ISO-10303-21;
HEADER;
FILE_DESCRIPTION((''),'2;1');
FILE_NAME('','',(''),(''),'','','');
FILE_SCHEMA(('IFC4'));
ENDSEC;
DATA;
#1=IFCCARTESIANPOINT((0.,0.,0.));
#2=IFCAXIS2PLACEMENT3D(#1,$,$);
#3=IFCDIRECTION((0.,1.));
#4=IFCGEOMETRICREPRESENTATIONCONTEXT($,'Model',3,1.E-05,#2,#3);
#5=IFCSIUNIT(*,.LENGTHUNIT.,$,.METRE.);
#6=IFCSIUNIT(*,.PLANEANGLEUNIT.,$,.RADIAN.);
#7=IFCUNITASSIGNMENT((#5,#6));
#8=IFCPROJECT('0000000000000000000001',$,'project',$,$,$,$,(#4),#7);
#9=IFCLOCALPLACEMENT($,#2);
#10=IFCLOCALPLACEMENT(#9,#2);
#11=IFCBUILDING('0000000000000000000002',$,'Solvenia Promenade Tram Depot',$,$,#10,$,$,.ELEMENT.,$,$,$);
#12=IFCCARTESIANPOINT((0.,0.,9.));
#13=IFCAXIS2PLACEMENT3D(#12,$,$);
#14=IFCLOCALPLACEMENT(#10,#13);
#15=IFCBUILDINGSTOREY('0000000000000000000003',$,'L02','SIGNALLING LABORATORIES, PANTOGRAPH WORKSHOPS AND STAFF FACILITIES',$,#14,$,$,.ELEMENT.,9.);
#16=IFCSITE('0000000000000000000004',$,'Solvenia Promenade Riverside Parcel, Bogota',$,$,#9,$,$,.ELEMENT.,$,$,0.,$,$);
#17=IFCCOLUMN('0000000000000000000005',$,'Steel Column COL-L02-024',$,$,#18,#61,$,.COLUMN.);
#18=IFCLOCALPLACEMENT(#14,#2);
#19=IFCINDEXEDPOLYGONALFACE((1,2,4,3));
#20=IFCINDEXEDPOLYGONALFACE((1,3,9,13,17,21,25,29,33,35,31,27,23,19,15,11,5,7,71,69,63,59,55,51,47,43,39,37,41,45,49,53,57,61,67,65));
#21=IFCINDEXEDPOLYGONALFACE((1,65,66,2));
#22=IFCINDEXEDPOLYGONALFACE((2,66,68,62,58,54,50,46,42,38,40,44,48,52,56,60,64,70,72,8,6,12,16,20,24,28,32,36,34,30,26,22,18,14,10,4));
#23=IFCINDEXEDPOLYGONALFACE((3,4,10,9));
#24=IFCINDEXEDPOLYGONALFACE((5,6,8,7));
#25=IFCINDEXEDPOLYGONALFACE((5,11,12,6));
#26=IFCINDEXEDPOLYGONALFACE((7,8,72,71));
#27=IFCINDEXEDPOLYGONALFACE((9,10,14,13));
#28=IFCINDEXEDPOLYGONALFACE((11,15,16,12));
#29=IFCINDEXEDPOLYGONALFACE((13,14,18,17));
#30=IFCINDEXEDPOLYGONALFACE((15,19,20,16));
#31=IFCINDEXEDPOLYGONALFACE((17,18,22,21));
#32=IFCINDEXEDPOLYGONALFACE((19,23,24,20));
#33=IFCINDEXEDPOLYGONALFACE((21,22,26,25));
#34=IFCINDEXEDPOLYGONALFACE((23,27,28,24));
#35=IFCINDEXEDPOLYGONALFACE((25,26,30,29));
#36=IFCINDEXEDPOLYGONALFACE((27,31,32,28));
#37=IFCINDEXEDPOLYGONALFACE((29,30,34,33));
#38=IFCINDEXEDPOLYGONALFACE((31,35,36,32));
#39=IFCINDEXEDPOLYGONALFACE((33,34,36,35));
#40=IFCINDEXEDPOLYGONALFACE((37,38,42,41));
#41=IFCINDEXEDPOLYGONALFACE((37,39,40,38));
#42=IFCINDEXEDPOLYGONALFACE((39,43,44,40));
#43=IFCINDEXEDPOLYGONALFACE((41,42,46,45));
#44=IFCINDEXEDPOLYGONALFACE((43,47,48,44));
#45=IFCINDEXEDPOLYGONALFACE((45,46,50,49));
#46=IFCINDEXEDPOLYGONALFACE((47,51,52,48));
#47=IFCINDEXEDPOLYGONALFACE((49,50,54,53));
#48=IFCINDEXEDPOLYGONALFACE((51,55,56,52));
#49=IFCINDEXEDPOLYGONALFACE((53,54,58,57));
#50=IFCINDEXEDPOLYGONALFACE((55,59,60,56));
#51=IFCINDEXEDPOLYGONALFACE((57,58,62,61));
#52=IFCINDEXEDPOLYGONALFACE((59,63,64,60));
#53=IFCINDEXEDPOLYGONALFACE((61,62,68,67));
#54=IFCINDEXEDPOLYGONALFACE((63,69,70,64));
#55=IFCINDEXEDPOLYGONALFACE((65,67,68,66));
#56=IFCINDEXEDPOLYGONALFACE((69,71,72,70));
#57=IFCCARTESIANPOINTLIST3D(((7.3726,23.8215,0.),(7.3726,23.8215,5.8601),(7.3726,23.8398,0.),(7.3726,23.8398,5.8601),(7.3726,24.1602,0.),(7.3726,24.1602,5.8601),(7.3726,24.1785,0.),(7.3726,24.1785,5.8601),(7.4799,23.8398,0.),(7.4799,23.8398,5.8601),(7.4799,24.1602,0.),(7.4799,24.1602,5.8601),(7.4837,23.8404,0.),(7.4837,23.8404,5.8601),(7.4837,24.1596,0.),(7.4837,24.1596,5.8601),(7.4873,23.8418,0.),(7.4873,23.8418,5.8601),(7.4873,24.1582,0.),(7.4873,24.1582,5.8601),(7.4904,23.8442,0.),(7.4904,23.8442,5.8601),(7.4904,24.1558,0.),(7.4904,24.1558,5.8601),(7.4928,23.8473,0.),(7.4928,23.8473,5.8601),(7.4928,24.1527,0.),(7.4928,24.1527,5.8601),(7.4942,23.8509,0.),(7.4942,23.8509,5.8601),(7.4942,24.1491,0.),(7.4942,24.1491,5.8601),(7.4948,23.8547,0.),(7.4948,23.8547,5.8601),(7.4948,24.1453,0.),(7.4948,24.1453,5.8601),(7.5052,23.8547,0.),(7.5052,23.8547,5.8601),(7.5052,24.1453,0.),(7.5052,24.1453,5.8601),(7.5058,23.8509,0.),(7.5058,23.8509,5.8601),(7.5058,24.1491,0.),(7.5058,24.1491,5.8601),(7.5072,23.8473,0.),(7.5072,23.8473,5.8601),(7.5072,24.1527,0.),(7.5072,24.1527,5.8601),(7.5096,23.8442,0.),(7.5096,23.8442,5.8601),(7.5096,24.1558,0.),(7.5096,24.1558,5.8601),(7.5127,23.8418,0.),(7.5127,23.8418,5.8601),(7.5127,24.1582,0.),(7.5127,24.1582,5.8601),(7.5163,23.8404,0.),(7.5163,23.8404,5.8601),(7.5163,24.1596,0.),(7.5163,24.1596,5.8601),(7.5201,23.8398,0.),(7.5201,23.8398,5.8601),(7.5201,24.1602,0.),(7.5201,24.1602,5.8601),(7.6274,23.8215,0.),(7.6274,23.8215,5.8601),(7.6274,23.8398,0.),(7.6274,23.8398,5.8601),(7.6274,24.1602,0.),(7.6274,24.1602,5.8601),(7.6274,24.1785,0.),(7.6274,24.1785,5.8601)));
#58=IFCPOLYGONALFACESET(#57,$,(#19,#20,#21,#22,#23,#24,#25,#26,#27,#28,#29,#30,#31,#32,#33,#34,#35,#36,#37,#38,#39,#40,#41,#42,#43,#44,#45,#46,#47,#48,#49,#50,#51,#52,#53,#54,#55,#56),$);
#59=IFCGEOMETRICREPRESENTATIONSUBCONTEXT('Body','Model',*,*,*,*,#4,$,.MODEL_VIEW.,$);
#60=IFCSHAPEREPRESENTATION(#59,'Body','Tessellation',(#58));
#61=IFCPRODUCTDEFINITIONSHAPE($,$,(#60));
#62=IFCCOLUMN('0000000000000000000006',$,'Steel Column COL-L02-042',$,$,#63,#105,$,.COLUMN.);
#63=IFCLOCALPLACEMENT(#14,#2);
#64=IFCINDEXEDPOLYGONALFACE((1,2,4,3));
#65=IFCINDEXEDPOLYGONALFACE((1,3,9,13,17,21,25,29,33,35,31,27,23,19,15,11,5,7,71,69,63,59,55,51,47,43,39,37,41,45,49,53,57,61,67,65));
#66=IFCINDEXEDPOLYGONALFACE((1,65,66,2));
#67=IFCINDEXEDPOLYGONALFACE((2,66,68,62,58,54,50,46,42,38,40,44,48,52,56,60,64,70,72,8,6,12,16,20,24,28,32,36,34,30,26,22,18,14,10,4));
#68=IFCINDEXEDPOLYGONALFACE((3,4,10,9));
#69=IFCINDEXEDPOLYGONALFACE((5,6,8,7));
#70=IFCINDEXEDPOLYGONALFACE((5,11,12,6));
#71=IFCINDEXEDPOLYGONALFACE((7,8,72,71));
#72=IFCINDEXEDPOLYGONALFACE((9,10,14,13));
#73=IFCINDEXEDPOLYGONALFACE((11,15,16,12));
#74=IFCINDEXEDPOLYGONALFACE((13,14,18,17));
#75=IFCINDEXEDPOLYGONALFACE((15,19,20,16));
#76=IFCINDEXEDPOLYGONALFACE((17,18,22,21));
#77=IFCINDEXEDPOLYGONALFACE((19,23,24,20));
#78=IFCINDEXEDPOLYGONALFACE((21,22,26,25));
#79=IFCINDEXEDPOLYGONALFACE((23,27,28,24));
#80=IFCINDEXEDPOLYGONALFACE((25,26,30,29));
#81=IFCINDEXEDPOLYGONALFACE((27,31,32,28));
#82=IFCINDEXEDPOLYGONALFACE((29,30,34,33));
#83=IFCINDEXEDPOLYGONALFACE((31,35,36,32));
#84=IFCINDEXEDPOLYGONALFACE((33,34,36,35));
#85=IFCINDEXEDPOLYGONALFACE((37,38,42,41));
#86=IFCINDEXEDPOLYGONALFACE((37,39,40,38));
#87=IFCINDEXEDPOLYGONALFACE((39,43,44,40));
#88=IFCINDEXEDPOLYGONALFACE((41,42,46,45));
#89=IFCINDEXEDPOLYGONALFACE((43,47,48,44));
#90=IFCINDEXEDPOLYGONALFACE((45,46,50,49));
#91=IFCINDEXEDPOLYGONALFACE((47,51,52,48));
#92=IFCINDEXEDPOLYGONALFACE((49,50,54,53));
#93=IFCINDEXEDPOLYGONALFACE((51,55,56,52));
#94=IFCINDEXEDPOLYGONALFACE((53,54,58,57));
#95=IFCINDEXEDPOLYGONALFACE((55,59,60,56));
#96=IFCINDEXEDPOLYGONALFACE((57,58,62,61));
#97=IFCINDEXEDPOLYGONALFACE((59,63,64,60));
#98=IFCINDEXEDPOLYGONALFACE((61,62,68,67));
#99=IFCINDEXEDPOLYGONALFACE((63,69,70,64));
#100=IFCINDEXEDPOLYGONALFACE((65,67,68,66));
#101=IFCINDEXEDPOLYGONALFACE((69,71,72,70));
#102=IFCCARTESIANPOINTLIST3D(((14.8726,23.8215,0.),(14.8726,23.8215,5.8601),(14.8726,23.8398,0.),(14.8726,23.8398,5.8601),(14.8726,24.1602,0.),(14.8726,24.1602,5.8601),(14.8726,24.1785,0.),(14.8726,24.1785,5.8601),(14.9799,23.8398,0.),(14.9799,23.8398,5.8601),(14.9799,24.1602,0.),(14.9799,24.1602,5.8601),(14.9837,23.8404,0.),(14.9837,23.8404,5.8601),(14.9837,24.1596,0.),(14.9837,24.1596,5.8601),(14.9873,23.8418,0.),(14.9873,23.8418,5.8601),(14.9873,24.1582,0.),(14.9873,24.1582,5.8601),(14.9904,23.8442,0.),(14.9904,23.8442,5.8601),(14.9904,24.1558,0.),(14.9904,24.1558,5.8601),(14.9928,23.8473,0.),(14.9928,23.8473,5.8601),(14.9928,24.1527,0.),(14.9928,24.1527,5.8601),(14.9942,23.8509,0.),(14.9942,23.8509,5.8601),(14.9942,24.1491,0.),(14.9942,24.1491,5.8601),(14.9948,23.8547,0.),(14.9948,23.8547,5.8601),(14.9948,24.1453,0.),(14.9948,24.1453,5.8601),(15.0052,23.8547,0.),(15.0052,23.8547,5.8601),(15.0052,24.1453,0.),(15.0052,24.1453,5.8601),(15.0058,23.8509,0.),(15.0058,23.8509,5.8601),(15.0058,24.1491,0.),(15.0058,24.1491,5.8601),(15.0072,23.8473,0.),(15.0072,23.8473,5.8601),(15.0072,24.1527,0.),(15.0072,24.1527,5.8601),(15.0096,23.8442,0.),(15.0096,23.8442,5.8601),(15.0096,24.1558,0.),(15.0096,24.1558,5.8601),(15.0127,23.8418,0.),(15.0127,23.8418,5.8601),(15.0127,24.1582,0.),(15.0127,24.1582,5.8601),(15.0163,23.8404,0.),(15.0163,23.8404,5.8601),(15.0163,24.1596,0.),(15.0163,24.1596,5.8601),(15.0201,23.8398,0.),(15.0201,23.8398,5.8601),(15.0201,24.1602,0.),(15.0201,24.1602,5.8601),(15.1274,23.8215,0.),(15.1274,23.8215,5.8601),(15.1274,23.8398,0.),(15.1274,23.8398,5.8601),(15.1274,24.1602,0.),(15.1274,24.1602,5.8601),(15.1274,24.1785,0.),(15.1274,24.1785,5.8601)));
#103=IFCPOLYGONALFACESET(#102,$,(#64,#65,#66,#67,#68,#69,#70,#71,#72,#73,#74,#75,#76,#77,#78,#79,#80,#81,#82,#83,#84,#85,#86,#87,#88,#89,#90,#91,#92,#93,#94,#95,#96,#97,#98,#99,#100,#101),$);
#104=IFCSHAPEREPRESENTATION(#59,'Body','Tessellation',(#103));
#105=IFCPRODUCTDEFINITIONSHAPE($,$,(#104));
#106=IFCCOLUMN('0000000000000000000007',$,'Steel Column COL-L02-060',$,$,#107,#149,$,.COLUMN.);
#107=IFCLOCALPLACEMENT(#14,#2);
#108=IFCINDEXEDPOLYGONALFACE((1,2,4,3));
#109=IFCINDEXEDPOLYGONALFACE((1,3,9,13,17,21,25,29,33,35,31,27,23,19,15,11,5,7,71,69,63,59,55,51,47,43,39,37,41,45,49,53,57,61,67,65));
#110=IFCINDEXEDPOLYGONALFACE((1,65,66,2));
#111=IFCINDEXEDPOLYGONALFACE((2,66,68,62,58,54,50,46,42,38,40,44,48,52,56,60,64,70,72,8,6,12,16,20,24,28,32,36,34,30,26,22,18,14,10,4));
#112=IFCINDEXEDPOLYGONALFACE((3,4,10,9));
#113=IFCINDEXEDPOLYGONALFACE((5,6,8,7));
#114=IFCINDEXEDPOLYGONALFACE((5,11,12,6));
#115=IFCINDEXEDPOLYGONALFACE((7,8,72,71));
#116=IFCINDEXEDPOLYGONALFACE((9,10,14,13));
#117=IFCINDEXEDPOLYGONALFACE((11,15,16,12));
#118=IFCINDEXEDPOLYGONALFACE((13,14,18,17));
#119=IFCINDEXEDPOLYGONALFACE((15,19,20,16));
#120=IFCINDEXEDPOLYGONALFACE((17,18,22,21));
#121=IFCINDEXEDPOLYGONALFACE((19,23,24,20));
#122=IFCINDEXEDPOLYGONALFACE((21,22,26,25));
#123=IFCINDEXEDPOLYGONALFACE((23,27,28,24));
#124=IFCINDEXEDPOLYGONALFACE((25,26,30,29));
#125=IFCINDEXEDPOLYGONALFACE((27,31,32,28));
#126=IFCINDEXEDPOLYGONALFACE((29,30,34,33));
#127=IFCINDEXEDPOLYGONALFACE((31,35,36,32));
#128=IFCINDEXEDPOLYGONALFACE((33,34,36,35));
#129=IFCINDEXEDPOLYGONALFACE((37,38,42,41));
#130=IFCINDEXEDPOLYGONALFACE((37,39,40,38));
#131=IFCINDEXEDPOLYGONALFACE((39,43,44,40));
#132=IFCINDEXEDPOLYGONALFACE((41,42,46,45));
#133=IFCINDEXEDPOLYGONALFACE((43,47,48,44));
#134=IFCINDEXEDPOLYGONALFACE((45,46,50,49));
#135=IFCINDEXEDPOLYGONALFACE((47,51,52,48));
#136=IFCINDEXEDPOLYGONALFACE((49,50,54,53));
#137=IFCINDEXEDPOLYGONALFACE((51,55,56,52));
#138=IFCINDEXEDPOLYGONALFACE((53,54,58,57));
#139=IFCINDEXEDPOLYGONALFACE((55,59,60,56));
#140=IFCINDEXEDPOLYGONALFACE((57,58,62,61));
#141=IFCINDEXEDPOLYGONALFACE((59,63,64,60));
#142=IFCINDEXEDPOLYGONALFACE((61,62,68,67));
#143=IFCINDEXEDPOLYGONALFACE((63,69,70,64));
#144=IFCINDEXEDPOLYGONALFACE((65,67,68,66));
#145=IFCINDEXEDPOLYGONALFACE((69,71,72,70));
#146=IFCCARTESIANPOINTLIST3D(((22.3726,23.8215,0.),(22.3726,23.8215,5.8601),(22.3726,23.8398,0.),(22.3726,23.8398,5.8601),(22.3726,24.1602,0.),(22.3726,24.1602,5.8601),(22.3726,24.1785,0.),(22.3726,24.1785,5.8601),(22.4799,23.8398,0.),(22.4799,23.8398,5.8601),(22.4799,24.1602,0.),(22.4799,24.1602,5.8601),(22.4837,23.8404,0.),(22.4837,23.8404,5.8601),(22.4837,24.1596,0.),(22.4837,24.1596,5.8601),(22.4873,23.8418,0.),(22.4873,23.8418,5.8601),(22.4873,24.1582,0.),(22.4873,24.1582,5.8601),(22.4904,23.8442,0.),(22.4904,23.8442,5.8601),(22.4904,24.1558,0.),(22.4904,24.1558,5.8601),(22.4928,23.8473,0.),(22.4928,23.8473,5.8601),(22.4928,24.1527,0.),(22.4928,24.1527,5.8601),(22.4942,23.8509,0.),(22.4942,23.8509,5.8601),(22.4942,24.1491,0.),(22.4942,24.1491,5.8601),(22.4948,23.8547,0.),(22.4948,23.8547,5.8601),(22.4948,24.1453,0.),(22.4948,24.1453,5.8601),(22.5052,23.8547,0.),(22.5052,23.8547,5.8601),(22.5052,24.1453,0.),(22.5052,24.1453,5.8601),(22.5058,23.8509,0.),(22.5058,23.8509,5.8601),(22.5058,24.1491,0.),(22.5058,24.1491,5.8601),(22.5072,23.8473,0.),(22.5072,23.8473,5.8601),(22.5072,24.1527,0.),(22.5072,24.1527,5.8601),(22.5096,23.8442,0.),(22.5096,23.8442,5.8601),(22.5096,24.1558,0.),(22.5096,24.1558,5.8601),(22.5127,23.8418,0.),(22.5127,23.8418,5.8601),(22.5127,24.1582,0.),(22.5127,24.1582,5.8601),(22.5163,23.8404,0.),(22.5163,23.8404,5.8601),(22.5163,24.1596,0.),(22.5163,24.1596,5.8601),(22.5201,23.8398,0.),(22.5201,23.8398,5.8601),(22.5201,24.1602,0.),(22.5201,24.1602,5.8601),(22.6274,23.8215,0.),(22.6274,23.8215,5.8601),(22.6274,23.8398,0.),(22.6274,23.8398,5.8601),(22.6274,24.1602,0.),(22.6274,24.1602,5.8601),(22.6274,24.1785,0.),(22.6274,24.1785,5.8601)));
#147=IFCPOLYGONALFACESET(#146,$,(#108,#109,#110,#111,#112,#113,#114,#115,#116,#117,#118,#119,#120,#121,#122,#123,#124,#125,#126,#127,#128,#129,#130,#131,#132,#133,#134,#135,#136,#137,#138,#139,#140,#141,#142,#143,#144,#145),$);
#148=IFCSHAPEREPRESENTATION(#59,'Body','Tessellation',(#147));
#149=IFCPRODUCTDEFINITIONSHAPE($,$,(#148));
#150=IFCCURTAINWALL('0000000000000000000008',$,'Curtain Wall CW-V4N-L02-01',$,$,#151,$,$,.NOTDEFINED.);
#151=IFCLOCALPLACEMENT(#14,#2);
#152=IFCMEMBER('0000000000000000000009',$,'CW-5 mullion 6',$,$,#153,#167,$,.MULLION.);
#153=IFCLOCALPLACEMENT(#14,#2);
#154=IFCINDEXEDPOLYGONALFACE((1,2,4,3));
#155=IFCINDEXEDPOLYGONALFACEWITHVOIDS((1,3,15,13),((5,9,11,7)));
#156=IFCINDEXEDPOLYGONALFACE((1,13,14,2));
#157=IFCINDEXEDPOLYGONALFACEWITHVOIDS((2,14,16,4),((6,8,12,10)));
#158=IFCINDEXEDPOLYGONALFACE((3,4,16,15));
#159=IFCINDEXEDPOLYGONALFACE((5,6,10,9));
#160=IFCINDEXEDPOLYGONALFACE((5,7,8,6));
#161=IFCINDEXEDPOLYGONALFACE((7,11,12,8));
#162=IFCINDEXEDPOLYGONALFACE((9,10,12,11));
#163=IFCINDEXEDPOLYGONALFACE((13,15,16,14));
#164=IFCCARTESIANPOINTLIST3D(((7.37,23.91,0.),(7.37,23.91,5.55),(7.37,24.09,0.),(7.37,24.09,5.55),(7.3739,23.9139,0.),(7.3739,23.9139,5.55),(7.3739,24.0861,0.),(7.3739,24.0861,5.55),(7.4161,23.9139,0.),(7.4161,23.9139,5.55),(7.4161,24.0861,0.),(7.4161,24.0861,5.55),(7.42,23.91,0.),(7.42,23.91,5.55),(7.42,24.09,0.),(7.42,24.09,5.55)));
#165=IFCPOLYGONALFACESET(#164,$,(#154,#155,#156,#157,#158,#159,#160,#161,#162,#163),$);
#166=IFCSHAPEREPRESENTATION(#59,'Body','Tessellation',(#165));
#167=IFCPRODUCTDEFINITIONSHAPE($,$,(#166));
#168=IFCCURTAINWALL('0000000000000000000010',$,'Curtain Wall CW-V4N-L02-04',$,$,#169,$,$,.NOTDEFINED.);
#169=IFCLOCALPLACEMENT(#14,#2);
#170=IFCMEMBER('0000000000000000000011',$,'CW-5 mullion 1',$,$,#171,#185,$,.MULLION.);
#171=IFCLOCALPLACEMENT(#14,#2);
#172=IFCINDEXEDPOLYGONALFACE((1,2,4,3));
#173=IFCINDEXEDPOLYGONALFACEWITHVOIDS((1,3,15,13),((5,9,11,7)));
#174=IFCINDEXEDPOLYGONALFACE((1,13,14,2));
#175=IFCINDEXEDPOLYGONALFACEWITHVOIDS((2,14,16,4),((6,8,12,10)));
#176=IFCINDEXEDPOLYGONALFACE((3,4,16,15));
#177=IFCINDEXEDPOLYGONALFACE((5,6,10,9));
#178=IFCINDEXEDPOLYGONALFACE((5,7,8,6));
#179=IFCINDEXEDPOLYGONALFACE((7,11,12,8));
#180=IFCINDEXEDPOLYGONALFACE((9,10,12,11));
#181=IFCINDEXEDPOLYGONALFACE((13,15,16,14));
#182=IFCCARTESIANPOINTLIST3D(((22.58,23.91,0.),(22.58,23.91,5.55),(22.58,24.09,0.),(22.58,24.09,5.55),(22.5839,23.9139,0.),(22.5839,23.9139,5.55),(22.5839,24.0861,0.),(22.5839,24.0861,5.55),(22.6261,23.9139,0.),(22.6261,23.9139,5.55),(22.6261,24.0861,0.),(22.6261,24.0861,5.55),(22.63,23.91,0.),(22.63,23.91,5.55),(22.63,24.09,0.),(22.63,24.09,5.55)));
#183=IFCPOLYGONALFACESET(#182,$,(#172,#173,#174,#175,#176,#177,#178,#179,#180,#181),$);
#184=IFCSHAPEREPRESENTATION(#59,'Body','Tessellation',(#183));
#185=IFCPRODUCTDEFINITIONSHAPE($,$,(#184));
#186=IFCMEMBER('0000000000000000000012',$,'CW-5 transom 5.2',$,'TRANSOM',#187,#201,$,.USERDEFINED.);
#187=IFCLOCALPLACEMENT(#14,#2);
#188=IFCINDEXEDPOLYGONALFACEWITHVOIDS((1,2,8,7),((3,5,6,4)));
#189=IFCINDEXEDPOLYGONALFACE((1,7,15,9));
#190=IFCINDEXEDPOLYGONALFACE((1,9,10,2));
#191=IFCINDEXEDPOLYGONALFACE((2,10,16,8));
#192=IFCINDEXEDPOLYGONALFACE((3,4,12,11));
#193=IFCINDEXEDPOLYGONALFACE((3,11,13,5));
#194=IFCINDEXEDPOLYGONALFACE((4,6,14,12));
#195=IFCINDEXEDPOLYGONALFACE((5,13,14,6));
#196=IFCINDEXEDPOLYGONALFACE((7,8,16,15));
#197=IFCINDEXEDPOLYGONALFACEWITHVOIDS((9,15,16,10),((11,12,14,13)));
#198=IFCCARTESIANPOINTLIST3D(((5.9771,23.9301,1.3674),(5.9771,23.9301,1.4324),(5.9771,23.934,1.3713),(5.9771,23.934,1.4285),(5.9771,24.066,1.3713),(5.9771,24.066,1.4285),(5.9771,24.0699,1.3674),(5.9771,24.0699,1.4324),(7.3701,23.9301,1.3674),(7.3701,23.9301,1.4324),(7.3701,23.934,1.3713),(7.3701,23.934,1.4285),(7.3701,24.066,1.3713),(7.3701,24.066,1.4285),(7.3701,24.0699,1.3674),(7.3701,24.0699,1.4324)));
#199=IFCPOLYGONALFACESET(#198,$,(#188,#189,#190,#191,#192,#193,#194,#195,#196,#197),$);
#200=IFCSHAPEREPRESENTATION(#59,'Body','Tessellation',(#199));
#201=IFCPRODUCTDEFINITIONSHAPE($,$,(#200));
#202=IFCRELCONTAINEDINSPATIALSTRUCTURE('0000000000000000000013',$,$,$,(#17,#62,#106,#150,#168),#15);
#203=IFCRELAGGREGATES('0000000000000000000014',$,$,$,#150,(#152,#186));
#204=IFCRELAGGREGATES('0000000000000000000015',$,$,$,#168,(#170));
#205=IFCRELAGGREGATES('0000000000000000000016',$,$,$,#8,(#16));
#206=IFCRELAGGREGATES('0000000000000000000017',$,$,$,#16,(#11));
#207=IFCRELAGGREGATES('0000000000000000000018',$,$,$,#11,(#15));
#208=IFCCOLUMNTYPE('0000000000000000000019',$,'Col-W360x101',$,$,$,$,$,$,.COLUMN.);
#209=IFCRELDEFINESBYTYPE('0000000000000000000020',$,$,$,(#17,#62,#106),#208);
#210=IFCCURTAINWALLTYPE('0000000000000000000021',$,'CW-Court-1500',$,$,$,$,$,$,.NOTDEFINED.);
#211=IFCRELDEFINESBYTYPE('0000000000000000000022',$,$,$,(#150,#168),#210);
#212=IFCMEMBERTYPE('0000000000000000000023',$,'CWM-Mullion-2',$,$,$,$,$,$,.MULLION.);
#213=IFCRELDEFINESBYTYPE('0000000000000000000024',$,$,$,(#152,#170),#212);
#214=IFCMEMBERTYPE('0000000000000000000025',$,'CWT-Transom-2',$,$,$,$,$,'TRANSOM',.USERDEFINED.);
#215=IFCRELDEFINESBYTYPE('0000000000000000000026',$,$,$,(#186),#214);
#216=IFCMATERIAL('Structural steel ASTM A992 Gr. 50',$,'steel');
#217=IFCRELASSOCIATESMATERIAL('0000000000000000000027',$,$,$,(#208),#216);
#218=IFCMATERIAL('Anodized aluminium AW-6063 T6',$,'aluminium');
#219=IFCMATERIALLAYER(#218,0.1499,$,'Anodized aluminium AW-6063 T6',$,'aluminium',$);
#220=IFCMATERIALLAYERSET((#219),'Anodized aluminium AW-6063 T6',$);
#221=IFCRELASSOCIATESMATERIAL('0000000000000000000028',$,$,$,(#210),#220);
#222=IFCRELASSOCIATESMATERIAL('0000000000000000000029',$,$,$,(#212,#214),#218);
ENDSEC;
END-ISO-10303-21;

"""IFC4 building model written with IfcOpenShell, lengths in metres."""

from ifc_helpers import new_model, si_unit, direction, frame, origin, origin_2d, place, context, subcontext, project, spatial, hollow_rectangle, i_section, extrude, material, layer, layer_set, material_profile, profile_set, type_object, element, aggregate, save


model = new_model("IFC4")

# Units and contexts
model_context = context("Model", 3, precision=1e-05, world=origin(), true_north=direction((0.0, 1.0)))
body_context = subcontext(model_context, "Body", "Model", "MODEL_VIEW")
ifc_project = project(units=[si_unit("LENGTHUNIT", "METRE"), si_unit("PLANEANGLEUNIT", "RADIAN")], contexts=[model_context])

# Site, building, storey
site_placement = place(None, origin())
site = spatial("IfcSite", under=ifc_project, at=site_placement, Name="Solvenia Promenade Riverside Parcel, Bogota", CompositionType="ELEMENT", RefElevation=0.0)
building_placement = place(site_placement, origin())
building = spatial("IfcBuilding", under=site, at=building_placement, Name="Solvenia Promenade Tram Depot", CompositionType="ELEMENT")
storey_placement = place(building_placement, frame((0.0, 0.0, 9.0)))
storey = spatial("IfcBuildingStorey", under=building, at=storey_placement, Name="L02", Description="SIGNALLING LABORATORIES, PANTOGRAPH WORKSHOPS AND STAFF FACILITIES", CompositionType="ELEMENT", Elevation=9.0)

# Columns
ifc_material_1 = material(Name="Structural steel ASTM A992 Gr. 50", Category="steel")
ifc_material_profile_1 = material_profile(ifc_material_1, i_section(OverallWidth=0.2549, OverallDepth=0.3569, WebThickness=0.0105, FlangeThickness=0.0183, FilletRadius=0.0149, at=origin_2d()), Name="W360x101", Category="steel")
ifc_profile_set_1 = profile_set([ifc_material_profile_1], Name="Structural steel ASTM A992 Gr. 50")
column_type = type_object("IfcColumnType", Name="Col-W360x101", PredefinedType="COLUMN", material=ifc_profile_set_1)
for number, where, z_axis, x_axis, name in (
    (1, (7.5, 24.0, 0.0), (0.0, 0.0, 1.0), (1.0, 0.0, 0.0), "Steel Column COL-L02-024"),
    (2, (15.0, 24.0, 0.0), (0.0, 0.0, 1.0), (1.0, 0.0, 0.0), "Steel Column COL-L02-042"),
    (3, (22.5, 24.0, 0.0), (0.0, 0.0, 1.0), (1.0, 0.0, 0.0), "Steel Column COL-L02-060"),
):
    element("IfcColumn", number, at=place(storey_placement, frame(where, z_axis=z_axis, x_axis=x_axis)), inside=storey, type_object=column_type, Name=name, PredefinedType="COLUMN", context=body_context, shape_type="SweptSolid", body=[
        extrude(i_section(OverallWidth=0.2549, OverallDepth=0.3569, WebThickness=0.0105, FlangeThickness=0.0183, FilletRadius=0.0149, at=origin_2d()), origin(), (0.0, 0.0, 1.0), 5.8601),
    ])

# Curtain walls, members
ifc_material_2 = material(Name="Anodized aluminium AW-6063 T6", Category="aluminium")
ifc_layer_1 = layer(ifc_material_2, 0.1499, Name="Anodized aluminium AW-6063 T6", Category="aluminium")
ifc_layer_set_1 = layer_set([ifc_layer_1], Name="Anodized aluminium AW-6063 T6")
curtain_wall_type = type_object("IfcCurtainWallType", Name="CW-Court-1500", PredefinedType="NOTDEFINED", material=ifc_layer_set_1)
curtain_wall_1_placement = place(storey_placement, origin())
curtain_wall_1 = element("IfcCurtainWall", 4, at=curtain_wall_1_placement, inside=storey, type_object=curtain_wall_type, Name="Curtain Wall CW-V4N-L02-01", PredefinedType="NOTDEFINED")
ifc_material_profile_2 = material_profile(ifc_material_2, hollow_rectangle(XDim=0.1799, YDim=0.05, WallThickness=0.0039, at=origin_2d()), Name="ALU-M2", Category="aluminium")
ifc_profile_set_2 = profile_set([ifc_material_profile_2], Name="Anodized aluminium AW-6063 T6")
member_type_1 = type_object("IfcMemberType", Name="CWM-Mullion-2", PredefinedType="MULLION", material=ifc_profile_set_2)
member_1_placement = place(storey_placement, frame((7.395, 24.0, 0.0), z_axis=(0.0, 0.0, 1.0), x_axis=(0.0, 1.0, 0.0)))
member_1 = element("IfcMember", 5, at=member_1_placement, type_object=member_type_1, Name="CW-5 mullion 6", PredefinedType="MULLION", context=body_context, shape_type="SweptSolid", body=[
    extrude(hollow_rectangle(XDim=0.1799, YDim=0.05, WallThickness=0.0039, at=origin_2d()), origin(), (0.0, 0.0, 1.0), 5.55),
])
curtain_wall_2_placement = place(storey_placement, origin())
curtain_wall_2 = element("IfcCurtainWall", 6, at=curtain_wall_2_placement, inside=storey, type_object=curtain_wall_type, Name="Curtain Wall CW-V4N-L02-04", PredefinedType="NOTDEFINED")
member_2_placement = place(storey_placement, frame((22.605, 24.0, 0.0), z_axis=(0.0, 0.0, 1.0), x_axis=(0.0, 1.0, 0.0)))
member_2 = element("IfcMember", 7, at=member_2_placement, type_object=member_type_1, Name="CW-5 mullion 1", PredefinedType="MULLION", context=body_context, shape_type="SweptSolid", body=[
    extrude(hollow_rectangle(XDim=0.1799, YDim=0.05, WallThickness=0.0039, at=origin_2d()), origin(), (0.0, 0.0, 1.0), 5.55),
])

# Member
ifc_material_profile_3 = material_profile(ifc_material_2, hollow_rectangle(XDim=0.1399, YDim=0.0649, WallThickness=0.0039, at=origin_2d()), Name="ALU-T2", Category="aluminium")
ifc_profile_set_3 = profile_set([ifc_material_profile_3], Name="Anodized aluminium AW-6063 T6")
member_type_2 = type_object("IfcMemberType", Name="CWT-Transom-2", ElementType="TRANSOM", PredefinedType="USERDEFINED", material=ifc_profile_set_3)
member_3_placement = place(storey_placement, frame((5.9771, 24.0, 1.3999), z_axis=(1.0, 0.0, 0.0), x_axis=(0.0, 1.0, 0.0)))
member_3 = element("IfcMember", 8, at=member_3_placement, type_object=member_type_2, Name="CW-5 transom 5.2", ObjectType="TRANSOM", PredefinedType="USERDEFINED", context=body_context, shape_type="SweptSolid", body=[
    extrude(hollow_rectangle(XDim=0.1399, YDim=0.0649, WallThickness=0.0039, at=origin_2d()), origin(), (0.0, 0.0, 1.0), 1.3931),
])

aggregate(curtain_wall_1, [member_1, member_3])
aggregate(curtain_wall_2, [member_2])

save(model, "model.ifc")
